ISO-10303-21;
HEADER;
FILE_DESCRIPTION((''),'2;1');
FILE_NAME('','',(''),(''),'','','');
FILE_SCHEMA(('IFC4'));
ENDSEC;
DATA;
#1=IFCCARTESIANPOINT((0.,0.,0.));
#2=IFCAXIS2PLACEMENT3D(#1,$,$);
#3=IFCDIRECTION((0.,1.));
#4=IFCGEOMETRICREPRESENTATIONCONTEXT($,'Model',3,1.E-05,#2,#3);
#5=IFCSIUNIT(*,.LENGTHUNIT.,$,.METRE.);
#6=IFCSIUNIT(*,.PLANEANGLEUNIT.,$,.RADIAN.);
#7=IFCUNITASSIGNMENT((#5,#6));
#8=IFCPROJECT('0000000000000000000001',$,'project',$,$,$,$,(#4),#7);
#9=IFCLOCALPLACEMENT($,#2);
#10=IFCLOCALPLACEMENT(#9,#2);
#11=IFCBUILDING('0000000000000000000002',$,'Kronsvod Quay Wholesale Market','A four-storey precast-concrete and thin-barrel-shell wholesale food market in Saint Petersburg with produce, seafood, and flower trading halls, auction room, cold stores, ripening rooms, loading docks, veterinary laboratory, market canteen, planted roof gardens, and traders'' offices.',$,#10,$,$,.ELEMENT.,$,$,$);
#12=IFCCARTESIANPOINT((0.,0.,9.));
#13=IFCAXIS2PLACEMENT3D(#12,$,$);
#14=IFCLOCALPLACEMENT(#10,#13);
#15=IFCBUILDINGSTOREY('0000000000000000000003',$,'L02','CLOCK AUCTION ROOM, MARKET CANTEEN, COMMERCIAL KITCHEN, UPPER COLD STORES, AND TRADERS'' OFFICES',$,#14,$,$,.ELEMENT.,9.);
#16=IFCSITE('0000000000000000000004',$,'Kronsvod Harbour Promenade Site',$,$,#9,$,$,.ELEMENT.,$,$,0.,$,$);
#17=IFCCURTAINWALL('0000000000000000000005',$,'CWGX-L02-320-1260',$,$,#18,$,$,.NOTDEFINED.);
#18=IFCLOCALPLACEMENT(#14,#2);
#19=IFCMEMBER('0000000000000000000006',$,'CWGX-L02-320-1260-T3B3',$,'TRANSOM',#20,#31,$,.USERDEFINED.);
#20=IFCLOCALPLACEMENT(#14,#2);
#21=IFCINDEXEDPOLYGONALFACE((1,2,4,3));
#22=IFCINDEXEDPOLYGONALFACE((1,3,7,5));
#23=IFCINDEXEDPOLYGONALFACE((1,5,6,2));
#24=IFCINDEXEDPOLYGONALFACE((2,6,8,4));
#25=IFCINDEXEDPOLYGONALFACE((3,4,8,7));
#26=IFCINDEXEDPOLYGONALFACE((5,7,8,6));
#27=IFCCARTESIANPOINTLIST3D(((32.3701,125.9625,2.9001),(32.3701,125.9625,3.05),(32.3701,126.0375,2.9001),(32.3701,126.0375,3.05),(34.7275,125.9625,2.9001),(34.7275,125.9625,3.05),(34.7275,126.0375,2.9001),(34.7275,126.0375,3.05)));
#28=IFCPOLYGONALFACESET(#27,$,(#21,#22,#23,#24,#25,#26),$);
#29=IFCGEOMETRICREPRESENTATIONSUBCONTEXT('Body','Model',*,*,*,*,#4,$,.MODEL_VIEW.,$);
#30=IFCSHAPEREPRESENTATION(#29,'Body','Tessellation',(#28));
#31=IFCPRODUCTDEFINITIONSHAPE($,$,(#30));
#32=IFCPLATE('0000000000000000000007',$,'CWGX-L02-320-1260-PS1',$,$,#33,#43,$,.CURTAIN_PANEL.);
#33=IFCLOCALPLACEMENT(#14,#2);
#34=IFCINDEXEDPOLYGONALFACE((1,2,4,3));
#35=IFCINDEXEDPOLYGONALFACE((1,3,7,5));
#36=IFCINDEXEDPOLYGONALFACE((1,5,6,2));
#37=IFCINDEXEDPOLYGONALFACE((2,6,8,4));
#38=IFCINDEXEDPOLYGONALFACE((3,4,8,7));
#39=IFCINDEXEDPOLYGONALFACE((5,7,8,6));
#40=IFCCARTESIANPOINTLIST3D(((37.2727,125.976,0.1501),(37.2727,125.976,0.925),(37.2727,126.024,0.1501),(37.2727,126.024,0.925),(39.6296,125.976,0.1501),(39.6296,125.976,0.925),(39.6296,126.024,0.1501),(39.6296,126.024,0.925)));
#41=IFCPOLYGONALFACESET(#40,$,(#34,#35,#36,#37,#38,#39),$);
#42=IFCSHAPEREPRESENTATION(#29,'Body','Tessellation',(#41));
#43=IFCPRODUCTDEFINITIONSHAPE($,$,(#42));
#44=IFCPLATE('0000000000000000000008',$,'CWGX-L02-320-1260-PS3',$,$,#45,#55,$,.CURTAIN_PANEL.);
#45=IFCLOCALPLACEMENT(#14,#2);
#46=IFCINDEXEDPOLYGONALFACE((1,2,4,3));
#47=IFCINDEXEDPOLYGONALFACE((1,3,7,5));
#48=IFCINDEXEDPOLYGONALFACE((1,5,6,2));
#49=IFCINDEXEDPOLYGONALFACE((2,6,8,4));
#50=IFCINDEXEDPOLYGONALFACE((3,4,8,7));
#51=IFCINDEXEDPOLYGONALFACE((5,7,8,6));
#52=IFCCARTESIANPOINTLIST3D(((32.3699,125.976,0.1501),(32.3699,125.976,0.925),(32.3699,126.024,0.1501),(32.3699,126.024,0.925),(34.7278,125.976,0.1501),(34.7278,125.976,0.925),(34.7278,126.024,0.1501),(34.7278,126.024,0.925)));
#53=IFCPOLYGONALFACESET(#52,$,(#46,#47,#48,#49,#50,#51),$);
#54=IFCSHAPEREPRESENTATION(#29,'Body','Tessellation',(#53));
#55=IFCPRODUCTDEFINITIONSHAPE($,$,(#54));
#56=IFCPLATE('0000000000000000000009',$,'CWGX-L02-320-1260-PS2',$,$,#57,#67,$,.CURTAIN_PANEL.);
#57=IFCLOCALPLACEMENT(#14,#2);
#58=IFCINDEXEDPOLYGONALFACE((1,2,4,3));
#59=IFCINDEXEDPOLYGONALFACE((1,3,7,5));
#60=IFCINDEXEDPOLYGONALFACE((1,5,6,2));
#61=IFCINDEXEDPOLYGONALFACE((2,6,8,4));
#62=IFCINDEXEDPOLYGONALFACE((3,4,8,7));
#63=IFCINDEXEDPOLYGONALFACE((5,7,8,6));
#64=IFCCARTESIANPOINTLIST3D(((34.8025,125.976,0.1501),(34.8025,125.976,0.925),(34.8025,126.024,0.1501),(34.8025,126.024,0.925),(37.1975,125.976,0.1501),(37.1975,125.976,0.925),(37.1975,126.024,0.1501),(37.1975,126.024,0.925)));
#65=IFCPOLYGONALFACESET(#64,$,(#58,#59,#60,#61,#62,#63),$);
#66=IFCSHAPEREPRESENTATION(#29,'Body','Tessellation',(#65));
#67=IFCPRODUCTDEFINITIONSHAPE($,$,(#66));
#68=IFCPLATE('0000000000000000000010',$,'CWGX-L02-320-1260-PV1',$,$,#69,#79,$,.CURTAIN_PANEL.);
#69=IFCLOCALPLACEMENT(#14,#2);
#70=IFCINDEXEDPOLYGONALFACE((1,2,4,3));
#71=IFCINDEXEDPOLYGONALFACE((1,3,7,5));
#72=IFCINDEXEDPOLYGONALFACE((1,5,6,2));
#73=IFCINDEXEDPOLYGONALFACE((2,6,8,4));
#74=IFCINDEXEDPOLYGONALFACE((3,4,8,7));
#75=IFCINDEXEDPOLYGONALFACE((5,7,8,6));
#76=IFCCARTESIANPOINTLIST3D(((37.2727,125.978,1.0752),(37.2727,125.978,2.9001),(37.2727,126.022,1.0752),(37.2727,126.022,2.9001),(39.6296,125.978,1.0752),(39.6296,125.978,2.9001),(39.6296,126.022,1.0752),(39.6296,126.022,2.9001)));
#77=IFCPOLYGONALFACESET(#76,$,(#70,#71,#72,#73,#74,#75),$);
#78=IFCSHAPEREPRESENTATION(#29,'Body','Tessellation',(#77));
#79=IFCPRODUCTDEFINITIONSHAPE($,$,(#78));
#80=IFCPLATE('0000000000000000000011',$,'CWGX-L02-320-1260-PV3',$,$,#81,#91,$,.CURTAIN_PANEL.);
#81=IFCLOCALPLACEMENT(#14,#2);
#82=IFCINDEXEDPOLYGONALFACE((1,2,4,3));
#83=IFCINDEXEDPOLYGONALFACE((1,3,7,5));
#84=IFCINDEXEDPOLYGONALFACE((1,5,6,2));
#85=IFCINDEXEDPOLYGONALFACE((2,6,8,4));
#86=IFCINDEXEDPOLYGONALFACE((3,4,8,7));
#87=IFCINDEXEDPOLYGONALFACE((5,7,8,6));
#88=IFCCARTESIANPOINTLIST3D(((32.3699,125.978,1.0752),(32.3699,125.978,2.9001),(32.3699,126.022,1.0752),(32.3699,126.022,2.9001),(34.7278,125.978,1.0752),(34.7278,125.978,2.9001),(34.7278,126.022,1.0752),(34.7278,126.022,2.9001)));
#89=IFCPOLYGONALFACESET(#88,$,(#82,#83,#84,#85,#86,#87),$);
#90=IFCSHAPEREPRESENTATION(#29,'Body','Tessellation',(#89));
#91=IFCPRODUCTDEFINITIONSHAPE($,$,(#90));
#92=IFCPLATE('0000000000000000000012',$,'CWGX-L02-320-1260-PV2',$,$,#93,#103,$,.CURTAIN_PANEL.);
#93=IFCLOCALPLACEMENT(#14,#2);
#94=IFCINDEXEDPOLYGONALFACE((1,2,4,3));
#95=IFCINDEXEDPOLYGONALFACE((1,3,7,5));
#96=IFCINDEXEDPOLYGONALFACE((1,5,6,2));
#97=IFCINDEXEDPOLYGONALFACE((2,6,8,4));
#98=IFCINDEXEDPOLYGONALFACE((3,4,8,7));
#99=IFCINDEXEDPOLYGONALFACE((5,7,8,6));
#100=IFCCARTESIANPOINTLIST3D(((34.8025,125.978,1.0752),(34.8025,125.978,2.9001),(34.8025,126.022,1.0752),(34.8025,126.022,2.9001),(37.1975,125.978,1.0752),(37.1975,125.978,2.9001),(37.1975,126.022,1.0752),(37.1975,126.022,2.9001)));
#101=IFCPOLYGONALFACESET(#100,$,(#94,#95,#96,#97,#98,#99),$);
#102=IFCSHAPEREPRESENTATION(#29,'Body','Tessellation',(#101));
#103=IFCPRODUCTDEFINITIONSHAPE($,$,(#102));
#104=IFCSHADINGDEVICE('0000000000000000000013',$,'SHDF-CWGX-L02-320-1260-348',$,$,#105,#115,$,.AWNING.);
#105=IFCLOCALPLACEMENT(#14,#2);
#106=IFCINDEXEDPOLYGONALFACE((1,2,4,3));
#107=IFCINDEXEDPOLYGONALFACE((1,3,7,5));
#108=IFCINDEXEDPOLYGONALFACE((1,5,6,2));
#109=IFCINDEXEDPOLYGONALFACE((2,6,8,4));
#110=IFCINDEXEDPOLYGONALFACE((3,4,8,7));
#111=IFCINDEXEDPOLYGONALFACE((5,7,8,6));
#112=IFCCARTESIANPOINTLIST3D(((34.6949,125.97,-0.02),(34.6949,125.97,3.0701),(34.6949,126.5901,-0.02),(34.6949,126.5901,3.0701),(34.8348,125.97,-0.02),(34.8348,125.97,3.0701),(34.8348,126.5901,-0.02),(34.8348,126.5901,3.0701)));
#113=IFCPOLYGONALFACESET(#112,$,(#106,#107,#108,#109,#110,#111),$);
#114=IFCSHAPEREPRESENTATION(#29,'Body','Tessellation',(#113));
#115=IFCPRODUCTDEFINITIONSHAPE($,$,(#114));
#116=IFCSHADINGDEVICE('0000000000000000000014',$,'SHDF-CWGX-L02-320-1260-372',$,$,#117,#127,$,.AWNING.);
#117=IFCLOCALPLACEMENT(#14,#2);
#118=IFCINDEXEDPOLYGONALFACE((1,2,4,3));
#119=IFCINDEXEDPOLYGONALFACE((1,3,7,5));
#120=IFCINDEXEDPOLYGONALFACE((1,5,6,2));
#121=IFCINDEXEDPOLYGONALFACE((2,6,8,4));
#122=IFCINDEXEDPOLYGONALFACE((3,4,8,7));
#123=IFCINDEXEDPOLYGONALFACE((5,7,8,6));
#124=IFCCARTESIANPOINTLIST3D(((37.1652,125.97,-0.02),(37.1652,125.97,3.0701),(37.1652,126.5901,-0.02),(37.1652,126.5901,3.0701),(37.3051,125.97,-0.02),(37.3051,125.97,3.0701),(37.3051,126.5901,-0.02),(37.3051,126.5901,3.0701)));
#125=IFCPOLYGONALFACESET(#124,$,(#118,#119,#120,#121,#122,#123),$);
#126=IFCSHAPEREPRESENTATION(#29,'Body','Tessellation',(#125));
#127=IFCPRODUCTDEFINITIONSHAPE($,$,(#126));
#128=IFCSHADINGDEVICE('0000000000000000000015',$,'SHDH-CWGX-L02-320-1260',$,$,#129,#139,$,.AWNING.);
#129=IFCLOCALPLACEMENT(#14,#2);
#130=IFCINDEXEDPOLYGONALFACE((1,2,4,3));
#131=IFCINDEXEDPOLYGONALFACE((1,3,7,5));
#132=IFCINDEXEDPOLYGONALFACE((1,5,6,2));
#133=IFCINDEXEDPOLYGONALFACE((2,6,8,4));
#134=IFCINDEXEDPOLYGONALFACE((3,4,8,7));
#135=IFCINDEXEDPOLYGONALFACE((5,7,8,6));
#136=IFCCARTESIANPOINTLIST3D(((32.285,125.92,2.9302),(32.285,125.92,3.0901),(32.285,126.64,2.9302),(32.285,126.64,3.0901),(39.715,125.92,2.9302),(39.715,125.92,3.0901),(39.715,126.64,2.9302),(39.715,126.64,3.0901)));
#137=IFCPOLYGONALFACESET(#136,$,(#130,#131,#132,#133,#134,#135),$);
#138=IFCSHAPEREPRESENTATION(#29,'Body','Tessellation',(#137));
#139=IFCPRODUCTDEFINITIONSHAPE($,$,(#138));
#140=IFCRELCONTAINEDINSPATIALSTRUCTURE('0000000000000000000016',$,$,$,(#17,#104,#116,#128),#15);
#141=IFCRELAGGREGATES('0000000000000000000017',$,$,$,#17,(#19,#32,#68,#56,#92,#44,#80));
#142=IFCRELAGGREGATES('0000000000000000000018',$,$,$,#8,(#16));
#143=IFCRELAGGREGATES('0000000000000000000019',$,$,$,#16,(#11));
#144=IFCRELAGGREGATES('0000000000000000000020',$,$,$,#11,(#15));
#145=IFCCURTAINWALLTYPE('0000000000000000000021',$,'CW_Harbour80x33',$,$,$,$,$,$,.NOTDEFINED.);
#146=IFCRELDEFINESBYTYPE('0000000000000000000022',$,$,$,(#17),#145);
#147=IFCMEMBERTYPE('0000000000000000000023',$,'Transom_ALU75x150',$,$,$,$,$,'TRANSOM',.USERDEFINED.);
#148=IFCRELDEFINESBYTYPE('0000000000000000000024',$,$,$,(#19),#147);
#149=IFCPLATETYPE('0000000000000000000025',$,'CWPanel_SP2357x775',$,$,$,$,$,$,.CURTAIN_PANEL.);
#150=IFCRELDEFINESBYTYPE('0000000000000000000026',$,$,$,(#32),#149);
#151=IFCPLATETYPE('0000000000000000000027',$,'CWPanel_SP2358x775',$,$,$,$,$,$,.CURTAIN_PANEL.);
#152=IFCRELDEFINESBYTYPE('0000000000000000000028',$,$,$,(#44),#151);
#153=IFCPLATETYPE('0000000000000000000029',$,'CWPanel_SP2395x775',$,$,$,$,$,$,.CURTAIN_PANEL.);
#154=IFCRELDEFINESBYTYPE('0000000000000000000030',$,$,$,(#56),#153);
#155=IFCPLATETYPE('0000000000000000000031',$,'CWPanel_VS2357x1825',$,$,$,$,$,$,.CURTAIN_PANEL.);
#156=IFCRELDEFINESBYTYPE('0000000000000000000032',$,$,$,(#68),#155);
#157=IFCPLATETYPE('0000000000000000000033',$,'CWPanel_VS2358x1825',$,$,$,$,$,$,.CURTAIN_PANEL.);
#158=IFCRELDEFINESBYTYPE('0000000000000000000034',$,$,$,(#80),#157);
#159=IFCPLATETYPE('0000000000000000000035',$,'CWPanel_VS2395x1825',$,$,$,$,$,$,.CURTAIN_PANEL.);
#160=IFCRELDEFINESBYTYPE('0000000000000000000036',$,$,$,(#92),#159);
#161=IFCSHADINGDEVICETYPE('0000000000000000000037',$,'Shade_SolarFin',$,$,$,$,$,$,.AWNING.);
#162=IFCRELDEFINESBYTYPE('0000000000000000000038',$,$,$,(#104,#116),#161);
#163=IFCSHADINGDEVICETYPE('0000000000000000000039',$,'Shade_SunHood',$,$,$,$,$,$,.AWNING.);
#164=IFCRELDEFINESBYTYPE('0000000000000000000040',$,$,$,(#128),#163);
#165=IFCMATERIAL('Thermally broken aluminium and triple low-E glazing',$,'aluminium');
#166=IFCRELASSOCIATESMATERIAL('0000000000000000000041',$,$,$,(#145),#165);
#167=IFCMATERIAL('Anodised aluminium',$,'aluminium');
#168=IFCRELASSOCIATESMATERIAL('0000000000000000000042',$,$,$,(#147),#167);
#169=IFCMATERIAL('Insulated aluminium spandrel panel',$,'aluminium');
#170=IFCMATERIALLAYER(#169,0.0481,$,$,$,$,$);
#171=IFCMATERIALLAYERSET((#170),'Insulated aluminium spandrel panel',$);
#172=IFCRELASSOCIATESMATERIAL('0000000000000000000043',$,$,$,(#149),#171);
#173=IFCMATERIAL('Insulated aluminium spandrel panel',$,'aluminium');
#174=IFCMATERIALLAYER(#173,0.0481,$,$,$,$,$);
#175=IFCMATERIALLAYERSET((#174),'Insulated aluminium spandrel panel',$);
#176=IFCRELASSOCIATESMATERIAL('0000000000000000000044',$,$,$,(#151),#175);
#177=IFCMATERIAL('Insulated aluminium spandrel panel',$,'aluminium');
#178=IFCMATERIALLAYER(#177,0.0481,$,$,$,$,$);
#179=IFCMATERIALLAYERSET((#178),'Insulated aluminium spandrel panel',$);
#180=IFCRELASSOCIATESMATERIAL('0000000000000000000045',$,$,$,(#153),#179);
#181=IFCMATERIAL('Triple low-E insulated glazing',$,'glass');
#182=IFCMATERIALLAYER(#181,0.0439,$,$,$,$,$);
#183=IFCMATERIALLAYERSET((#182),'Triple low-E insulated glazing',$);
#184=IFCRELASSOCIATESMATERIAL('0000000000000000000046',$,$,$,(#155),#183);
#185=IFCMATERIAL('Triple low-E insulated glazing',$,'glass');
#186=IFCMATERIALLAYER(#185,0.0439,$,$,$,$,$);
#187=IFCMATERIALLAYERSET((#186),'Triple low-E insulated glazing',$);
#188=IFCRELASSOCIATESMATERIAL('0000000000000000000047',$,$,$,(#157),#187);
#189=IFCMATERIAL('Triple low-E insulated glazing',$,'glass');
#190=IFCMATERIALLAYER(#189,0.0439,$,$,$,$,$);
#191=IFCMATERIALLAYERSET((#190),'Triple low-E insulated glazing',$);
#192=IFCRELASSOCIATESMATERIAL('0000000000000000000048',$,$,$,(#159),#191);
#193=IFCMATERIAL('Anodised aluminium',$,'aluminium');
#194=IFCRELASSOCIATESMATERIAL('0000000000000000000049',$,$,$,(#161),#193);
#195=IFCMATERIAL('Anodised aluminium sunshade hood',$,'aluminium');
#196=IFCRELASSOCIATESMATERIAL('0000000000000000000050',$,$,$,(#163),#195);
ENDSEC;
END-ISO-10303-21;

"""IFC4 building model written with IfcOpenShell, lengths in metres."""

from ifc_helpers import new_model, si_unit, direction, frame, origin, origin_2d, place, context, subcontext, project, spatial, rectangle, extrude, material, layer, layer_set, material_profile, profile_set, type_object, element, aggregate, save


model = new_model("IFC4")

# Units and contexts
model_context = context("Model", 3, precision=1e-05, world=origin(), true_north=direction((0.0, 1.0)))
body_context = subcontext(model_context, "Body", "Model", "MODEL_VIEW")
ifc_project = project(units=[si_unit("LENGTHUNIT", "METRE"), si_unit("PLANEANGLEUNIT", "RADIAN")], contexts=[model_context])

# Site, building, storey
site_placement = place(None, origin())
site = spatial("IfcSite", under=ifc_project, at=site_placement, Name="Kronsvod Harbour Promenade Site", CompositionType="ELEMENT", RefElevation=0.0)
building_placement = place(site_placement, origin())
building = spatial("IfcBuilding", under=site, at=building_placement, Name="Kronsvod Quay Wholesale Market", Description="A four-storey precast-concrete and thin-barrel-shell wholesale food market in Saint Petersburg with produce, seafood, and flower trading halls, auction room, cold stores, ripening rooms, loading docks, veterinary laboratory, market canteen, planted roof gardens, and traders' offices.", CompositionType="ELEMENT")
storey_placement = place(building_placement, frame((0.0, 0.0, 9.0)))
storey = spatial("IfcBuildingStorey", under=building, at=storey_placement, Name="L02", Description="CLOCK AUCTION ROOM, MARKET CANTEEN, COMMERCIAL KITCHEN, UPPER COLD STORES, AND TRADERS' OFFICES", CompositionType="ELEMENT", Elevation=9.0)

# Curtain wall
ifc_material_1 = material(Name="Thermally broken aluminium and triple low-E glazing", Category="aluminium")
curtain_wall_type = type_object("IfcCurtainWallType", Name="CW_Harbour80x33", PredefinedType="NOTDEFINED", material=ifc_material_1)
curtain_wall_1_placement = place(storey_placement, origin())
curtain_wall_1 = element("IfcCurtainWall", 1, at=curtain_wall_1_placement, inside=storey, type_object=curtain_wall_type, Name="CWGX-L02-320-1260", PredefinedType="NOTDEFINED")

# Member
ifc_material_2 = material(Name="Anodised aluminium", Category="aluminium")
ifc_material_profile_1 = material_profile(ifc_material_2, rectangle(XDim=0.075, YDim=0.1499, at=origin_2d()), Name="ALUT75x150")
ifc_profile_set_1 = profile_set([ifc_material_profile_1], Name="Anodised aluminium")
member_type_1 = type_object("IfcMemberType", Name="Transom_ALU75x150", ElementType="TRANSOM", PredefinedType="USERDEFINED", material=ifc_profile_set_1)
member_1_placement = place(storey_placement, frame((34.7275, 126.0, 2.9751), z_axis=(-1.0, 0.0, 0.0), x_axis=(0.0, -1.0, 0.0)))
member_1 = element("IfcMember", 2, at=member_1_placement, type_object=member_type_1, Name="CWGX-L02-320-1260-T3B3", ObjectType="TRANSOM", PredefinedType="USERDEFINED", context=body_context, shape_type="SweptSolid", body=[
    extrude(rectangle(XDim=0.075, YDim=0.1499, at=origin_2d()), origin(), (0.0, 0.0, 1.0), 2.3574),
])

# Plates
ifc_material_3 = material(Name="Insulated aluminium spandrel panel", Category="aluminium")
ifc_layer_1 = layer(ifc_material_3, 0.0481)
ifc_layer_set_1 = layer_set([ifc_layer_1], Name="Insulated aluminium spandrel panel")
plate_type_1 = type_object("IfcPlateType", Name="CWPanel_SP2357x775", PredefinedType="CURTAIN_PANEL", material=ifc_layer_set_1)
plate_1_placement = place(storey_placement, frame((38.4512, 126.0, 0.1501), z_axis=(0.0, 0.0, 1.0), x_axis=(-1.0, 0.0, 0.0)))
plate_1 = element("IfcPlate", 3, at=plate_1_placement, type_object=plate_type_1, Name="CWGX-L02-320-1260-PS1", PredefinedType="CURTAIN_PANEL", context=body_context, shape_type="SweptSolid", body=[
    extrude(rectangle(XDim=2.3569, YDim=0.0481, at=origin_2d()), origin(), (0.0, 0.0, 1.0), 0.7749),
])
ifc_material_4 = material(Name="Insulated aluminium spandrel panel", Category="aluminium")
ifc_layer_2 = layer(ifc_material_4, 0.0481)
ifc_layer_set_2 = layer_set([ifc_layer_2], Name="Insulated aluminium spandrel panel")
plate_type_2 = type_object("IfcPlateType", Name="CWPanel_SP2358x775", PredefinedType="CURTAIN_PANEL", material=ifc_layer_set_2)
plate_2_placement = place(storey_placement, frame((33.5488, 126.0, 0.1501), z_axis=(0.0, 0.0, 1.0), x_axis=(-1.0, 0.0, 0.0)))
plate_2 = element("IfcPlate", 4, at=plate_2_placement, type_object=plate_type_2, Name="CWGX-L02-320-1260-PS3", PredefinedType="CURTAIN_PANEL", context=body_context, shape_type="SweptSolid", body=[
    extrude(rectangle(XDim=2.3579, YDim=0.0481, at=origin_2d()), origin(), (0.0, 0.0, 1.0), 0.7749),
])
ifc_material_5 = material(Name="Insulated aluminium spandrel panel", Category="aluminium")
ifc_layer_3 = layer(ifc_material_5, 0.0481)
ifc_layer_set_3 = layer_set([ifc_layer_3], Name="Insulated aluminium spandrel panel")
plate_type_3 = type_object("IfcPlateType", Name="CWPanel_SP2395x775", PredefinedType="CURTAIN_PANEL", material=ifc_layer_set_3)
plate_3_placement = place(storey_placement, frame((36.0, 126.0, 0.1501), z_axis=(0.0, 0.0, 1.0), x_axis=(-1.0, 0.0, 0.0)))
plate_3 = element("IfcPlate", 5, at=plate_3_placement, type_object=plate_type_3, Name="CWGX-L02-320-1260-PS2", PredefinedType="CURTAIN_PANEL", context=body_context, shape_type="SweptSolid", body=[
    extrude(rectangle(XDim=2.395, YDim=0.0481, at=origin_2d()), origin(), (0.0, 0.0, 1.0), 0.7749),
])
ifc_material_6 = material(Name="Triple low-E insulated glazing", Category="glass")
ifc_layer_4 = layer(ifc_material_6, 0.0439)
ifc_layer_set_4 = layer_set([ifc_layer_4], Name="Triple low-E insulated glazing")
plate_type_4 = type_object("IfcPlateType", Name="CWPanel_VS2357x1825", PredefinedType="CURTAIN_PANEL", material=ifc_layer_set_4)
plate_4_placement = place(storey_placement, frame((38.4512, 126.0, 1.0752), z_axis=(0.0, 0.0, 1.0), x_axis=(-1.0, 0.0, 0.0)))
plate_4 = element("IfcPlate", 6, at=plate_4_placement, type_object=plate_type_4, Name="CWGX-L02-320-1260-PV1", PredefinedType="CURTAIN_PANEL", context=body_context, shape_type="SweptSolid", body=[
    extrude(rectangle(XDim=2.3569, YDim=0.0439, at=origin_2d()), origin(), (0.0, 0.0, 1.0), 1.825),
])
ifc_material_7 = material(Name="Triple low-E insulated glazing", Category="glass")
ifc_layer_5 = layer(ifc_material_7, 0.0439)
ifc_layer_set_5 = layer_set([ifc_layer_5], Name="Triple low-E insulated glazing")
plate_type_5 = type_object("IfcPlateType", Name="CWPanel_VS2358x1825", PredefinedType="CURTAIN_PANEL", material=ifc_layer_set_5)
plate_5_placement = place(storey_placement, frame((33.5488, 126.0, 1.0752), z_axis=(0.0, 0.0, 1.0), x_axis=(-1.0, 0.0, 0.0)))
plate_5 = element("IfcPlate", 7, at=plate_5_placement, type_object=plate_type_5, Name="CWGX-L02-320-1260-PV3", PredefinedType="CURTAIN_PANEL", context=body_context, shape_type="SweptSolid", body=[
    extrude(rectangle(XDim=2.3579, YDim=0.0439, at=origin_2d()), origin(), (0.0, 0.0, 1.0), 1.825),
])
ifc_material_8 = material(Name="Triple low-E insulated glazing", Category="glass")
ifc_layer_6 = layer(ifc_material_8, 0.0439)
ifc_layer_set_6 = layer_set([ifc_layer_6], Name="Triple low-E insulated glazing")
plate_type_6 = type_object("IfcPlateType", Name="CWPanel_VS2395x1825", PredefinedType="CURTAIN_PANEL", material=ifc_layer_set_6)
plate_6_placement = place(storey_placement, frame((36.0, 126.0, 1.0752), z_axis=(0.0, 0.0, 1.0), x_axis=(-1.0, 0.0, 0.0)))
plate_6 = element("IfcPlate", 8, at=plate_6_placement, type_object=plate_type_6, Name="CWGX-L02-320-1260-PV2", PredefinedType="CURTAIN_PANEL", context=body_context, shape_type="SweptSolid", body=[
    extrude(rectangle(XDim=2.395, YDim=0.0439, at=origin_2d()), origin(), (0.0, 0.0, 1.0), 1.825),
])
aggregate(curtain_wall_1, [member_1, plate_1, plate_4, plate_3, plate_6, plate_2, plate_5])

# Shading devices
ifc_material_9 = material(Name="Anodised aluminium", Category="aluminium")
shading_device_type_1 = type_object("IfcShadingDeviceType", Name="Shade_SolarFin", PredefinedType="AWNING", material=ifc_material_9)
for number, where, z_axis, x_axis, name in (
    (9, (34.7649, 126.28, -0.02), (0.0, 0.0, 1.0), (1.0, 0.0, 0.0), "SHDF-CWGX-L02-320-1260-348"),
    (10, (37.2351, 126.28, -0.02), (0.0, 0.0, 1.0), (1.0, 0.0, 0.0), "SHDF-CWGX-L02-320-1260-372"),
):
    element("IfcShadingDevice", number, at=place(storey_placement, frame(where, z_axis=z_axis, x_axis=x_axis)), inside=storey, type_object=shading_device_type_1, Name=name, PredefinedType="AWNING", context=body_context, shape_type="SweptSolid", body=[
        extrude(rectangle(XDim=0.1399, YDim=0.6201, at=origin_2d()), origin(), (0.0, 0.0, 1.0), 3.0901),
    ])
ifc_material_10 = material(Name="Anodised aluminium sunshade hood", Category="aluminium")
shading_device_type_2 = type_object("IfcShadingDeviceType", Name="Shade_SunHood", PredefinedType="AWNING", material=ifc_material_10)
shading_device_placement = place(storey_placement, frame((36.0, 126.28, 2.9302), z_axis=(0.0, 0.0, 1.0), x_axis=(1.0, 0.0, 0.0)))
element("IfcShadingDevice", 11, at=shading_device_placement, inside=storey, type_object=shading_device_type_2, Name="SHDH-CWGX-L02-320-1260", PredefinedType="AWNING", context=body_context, shape_type="SweptSolid", body=[
    extrude(rectangle(XDim=7.4299, YDim=0.72, at=origin_2d()), origin(), (0.0, 0.0, 1.0), 0.1599),
])

save(model, "model.ifc")
